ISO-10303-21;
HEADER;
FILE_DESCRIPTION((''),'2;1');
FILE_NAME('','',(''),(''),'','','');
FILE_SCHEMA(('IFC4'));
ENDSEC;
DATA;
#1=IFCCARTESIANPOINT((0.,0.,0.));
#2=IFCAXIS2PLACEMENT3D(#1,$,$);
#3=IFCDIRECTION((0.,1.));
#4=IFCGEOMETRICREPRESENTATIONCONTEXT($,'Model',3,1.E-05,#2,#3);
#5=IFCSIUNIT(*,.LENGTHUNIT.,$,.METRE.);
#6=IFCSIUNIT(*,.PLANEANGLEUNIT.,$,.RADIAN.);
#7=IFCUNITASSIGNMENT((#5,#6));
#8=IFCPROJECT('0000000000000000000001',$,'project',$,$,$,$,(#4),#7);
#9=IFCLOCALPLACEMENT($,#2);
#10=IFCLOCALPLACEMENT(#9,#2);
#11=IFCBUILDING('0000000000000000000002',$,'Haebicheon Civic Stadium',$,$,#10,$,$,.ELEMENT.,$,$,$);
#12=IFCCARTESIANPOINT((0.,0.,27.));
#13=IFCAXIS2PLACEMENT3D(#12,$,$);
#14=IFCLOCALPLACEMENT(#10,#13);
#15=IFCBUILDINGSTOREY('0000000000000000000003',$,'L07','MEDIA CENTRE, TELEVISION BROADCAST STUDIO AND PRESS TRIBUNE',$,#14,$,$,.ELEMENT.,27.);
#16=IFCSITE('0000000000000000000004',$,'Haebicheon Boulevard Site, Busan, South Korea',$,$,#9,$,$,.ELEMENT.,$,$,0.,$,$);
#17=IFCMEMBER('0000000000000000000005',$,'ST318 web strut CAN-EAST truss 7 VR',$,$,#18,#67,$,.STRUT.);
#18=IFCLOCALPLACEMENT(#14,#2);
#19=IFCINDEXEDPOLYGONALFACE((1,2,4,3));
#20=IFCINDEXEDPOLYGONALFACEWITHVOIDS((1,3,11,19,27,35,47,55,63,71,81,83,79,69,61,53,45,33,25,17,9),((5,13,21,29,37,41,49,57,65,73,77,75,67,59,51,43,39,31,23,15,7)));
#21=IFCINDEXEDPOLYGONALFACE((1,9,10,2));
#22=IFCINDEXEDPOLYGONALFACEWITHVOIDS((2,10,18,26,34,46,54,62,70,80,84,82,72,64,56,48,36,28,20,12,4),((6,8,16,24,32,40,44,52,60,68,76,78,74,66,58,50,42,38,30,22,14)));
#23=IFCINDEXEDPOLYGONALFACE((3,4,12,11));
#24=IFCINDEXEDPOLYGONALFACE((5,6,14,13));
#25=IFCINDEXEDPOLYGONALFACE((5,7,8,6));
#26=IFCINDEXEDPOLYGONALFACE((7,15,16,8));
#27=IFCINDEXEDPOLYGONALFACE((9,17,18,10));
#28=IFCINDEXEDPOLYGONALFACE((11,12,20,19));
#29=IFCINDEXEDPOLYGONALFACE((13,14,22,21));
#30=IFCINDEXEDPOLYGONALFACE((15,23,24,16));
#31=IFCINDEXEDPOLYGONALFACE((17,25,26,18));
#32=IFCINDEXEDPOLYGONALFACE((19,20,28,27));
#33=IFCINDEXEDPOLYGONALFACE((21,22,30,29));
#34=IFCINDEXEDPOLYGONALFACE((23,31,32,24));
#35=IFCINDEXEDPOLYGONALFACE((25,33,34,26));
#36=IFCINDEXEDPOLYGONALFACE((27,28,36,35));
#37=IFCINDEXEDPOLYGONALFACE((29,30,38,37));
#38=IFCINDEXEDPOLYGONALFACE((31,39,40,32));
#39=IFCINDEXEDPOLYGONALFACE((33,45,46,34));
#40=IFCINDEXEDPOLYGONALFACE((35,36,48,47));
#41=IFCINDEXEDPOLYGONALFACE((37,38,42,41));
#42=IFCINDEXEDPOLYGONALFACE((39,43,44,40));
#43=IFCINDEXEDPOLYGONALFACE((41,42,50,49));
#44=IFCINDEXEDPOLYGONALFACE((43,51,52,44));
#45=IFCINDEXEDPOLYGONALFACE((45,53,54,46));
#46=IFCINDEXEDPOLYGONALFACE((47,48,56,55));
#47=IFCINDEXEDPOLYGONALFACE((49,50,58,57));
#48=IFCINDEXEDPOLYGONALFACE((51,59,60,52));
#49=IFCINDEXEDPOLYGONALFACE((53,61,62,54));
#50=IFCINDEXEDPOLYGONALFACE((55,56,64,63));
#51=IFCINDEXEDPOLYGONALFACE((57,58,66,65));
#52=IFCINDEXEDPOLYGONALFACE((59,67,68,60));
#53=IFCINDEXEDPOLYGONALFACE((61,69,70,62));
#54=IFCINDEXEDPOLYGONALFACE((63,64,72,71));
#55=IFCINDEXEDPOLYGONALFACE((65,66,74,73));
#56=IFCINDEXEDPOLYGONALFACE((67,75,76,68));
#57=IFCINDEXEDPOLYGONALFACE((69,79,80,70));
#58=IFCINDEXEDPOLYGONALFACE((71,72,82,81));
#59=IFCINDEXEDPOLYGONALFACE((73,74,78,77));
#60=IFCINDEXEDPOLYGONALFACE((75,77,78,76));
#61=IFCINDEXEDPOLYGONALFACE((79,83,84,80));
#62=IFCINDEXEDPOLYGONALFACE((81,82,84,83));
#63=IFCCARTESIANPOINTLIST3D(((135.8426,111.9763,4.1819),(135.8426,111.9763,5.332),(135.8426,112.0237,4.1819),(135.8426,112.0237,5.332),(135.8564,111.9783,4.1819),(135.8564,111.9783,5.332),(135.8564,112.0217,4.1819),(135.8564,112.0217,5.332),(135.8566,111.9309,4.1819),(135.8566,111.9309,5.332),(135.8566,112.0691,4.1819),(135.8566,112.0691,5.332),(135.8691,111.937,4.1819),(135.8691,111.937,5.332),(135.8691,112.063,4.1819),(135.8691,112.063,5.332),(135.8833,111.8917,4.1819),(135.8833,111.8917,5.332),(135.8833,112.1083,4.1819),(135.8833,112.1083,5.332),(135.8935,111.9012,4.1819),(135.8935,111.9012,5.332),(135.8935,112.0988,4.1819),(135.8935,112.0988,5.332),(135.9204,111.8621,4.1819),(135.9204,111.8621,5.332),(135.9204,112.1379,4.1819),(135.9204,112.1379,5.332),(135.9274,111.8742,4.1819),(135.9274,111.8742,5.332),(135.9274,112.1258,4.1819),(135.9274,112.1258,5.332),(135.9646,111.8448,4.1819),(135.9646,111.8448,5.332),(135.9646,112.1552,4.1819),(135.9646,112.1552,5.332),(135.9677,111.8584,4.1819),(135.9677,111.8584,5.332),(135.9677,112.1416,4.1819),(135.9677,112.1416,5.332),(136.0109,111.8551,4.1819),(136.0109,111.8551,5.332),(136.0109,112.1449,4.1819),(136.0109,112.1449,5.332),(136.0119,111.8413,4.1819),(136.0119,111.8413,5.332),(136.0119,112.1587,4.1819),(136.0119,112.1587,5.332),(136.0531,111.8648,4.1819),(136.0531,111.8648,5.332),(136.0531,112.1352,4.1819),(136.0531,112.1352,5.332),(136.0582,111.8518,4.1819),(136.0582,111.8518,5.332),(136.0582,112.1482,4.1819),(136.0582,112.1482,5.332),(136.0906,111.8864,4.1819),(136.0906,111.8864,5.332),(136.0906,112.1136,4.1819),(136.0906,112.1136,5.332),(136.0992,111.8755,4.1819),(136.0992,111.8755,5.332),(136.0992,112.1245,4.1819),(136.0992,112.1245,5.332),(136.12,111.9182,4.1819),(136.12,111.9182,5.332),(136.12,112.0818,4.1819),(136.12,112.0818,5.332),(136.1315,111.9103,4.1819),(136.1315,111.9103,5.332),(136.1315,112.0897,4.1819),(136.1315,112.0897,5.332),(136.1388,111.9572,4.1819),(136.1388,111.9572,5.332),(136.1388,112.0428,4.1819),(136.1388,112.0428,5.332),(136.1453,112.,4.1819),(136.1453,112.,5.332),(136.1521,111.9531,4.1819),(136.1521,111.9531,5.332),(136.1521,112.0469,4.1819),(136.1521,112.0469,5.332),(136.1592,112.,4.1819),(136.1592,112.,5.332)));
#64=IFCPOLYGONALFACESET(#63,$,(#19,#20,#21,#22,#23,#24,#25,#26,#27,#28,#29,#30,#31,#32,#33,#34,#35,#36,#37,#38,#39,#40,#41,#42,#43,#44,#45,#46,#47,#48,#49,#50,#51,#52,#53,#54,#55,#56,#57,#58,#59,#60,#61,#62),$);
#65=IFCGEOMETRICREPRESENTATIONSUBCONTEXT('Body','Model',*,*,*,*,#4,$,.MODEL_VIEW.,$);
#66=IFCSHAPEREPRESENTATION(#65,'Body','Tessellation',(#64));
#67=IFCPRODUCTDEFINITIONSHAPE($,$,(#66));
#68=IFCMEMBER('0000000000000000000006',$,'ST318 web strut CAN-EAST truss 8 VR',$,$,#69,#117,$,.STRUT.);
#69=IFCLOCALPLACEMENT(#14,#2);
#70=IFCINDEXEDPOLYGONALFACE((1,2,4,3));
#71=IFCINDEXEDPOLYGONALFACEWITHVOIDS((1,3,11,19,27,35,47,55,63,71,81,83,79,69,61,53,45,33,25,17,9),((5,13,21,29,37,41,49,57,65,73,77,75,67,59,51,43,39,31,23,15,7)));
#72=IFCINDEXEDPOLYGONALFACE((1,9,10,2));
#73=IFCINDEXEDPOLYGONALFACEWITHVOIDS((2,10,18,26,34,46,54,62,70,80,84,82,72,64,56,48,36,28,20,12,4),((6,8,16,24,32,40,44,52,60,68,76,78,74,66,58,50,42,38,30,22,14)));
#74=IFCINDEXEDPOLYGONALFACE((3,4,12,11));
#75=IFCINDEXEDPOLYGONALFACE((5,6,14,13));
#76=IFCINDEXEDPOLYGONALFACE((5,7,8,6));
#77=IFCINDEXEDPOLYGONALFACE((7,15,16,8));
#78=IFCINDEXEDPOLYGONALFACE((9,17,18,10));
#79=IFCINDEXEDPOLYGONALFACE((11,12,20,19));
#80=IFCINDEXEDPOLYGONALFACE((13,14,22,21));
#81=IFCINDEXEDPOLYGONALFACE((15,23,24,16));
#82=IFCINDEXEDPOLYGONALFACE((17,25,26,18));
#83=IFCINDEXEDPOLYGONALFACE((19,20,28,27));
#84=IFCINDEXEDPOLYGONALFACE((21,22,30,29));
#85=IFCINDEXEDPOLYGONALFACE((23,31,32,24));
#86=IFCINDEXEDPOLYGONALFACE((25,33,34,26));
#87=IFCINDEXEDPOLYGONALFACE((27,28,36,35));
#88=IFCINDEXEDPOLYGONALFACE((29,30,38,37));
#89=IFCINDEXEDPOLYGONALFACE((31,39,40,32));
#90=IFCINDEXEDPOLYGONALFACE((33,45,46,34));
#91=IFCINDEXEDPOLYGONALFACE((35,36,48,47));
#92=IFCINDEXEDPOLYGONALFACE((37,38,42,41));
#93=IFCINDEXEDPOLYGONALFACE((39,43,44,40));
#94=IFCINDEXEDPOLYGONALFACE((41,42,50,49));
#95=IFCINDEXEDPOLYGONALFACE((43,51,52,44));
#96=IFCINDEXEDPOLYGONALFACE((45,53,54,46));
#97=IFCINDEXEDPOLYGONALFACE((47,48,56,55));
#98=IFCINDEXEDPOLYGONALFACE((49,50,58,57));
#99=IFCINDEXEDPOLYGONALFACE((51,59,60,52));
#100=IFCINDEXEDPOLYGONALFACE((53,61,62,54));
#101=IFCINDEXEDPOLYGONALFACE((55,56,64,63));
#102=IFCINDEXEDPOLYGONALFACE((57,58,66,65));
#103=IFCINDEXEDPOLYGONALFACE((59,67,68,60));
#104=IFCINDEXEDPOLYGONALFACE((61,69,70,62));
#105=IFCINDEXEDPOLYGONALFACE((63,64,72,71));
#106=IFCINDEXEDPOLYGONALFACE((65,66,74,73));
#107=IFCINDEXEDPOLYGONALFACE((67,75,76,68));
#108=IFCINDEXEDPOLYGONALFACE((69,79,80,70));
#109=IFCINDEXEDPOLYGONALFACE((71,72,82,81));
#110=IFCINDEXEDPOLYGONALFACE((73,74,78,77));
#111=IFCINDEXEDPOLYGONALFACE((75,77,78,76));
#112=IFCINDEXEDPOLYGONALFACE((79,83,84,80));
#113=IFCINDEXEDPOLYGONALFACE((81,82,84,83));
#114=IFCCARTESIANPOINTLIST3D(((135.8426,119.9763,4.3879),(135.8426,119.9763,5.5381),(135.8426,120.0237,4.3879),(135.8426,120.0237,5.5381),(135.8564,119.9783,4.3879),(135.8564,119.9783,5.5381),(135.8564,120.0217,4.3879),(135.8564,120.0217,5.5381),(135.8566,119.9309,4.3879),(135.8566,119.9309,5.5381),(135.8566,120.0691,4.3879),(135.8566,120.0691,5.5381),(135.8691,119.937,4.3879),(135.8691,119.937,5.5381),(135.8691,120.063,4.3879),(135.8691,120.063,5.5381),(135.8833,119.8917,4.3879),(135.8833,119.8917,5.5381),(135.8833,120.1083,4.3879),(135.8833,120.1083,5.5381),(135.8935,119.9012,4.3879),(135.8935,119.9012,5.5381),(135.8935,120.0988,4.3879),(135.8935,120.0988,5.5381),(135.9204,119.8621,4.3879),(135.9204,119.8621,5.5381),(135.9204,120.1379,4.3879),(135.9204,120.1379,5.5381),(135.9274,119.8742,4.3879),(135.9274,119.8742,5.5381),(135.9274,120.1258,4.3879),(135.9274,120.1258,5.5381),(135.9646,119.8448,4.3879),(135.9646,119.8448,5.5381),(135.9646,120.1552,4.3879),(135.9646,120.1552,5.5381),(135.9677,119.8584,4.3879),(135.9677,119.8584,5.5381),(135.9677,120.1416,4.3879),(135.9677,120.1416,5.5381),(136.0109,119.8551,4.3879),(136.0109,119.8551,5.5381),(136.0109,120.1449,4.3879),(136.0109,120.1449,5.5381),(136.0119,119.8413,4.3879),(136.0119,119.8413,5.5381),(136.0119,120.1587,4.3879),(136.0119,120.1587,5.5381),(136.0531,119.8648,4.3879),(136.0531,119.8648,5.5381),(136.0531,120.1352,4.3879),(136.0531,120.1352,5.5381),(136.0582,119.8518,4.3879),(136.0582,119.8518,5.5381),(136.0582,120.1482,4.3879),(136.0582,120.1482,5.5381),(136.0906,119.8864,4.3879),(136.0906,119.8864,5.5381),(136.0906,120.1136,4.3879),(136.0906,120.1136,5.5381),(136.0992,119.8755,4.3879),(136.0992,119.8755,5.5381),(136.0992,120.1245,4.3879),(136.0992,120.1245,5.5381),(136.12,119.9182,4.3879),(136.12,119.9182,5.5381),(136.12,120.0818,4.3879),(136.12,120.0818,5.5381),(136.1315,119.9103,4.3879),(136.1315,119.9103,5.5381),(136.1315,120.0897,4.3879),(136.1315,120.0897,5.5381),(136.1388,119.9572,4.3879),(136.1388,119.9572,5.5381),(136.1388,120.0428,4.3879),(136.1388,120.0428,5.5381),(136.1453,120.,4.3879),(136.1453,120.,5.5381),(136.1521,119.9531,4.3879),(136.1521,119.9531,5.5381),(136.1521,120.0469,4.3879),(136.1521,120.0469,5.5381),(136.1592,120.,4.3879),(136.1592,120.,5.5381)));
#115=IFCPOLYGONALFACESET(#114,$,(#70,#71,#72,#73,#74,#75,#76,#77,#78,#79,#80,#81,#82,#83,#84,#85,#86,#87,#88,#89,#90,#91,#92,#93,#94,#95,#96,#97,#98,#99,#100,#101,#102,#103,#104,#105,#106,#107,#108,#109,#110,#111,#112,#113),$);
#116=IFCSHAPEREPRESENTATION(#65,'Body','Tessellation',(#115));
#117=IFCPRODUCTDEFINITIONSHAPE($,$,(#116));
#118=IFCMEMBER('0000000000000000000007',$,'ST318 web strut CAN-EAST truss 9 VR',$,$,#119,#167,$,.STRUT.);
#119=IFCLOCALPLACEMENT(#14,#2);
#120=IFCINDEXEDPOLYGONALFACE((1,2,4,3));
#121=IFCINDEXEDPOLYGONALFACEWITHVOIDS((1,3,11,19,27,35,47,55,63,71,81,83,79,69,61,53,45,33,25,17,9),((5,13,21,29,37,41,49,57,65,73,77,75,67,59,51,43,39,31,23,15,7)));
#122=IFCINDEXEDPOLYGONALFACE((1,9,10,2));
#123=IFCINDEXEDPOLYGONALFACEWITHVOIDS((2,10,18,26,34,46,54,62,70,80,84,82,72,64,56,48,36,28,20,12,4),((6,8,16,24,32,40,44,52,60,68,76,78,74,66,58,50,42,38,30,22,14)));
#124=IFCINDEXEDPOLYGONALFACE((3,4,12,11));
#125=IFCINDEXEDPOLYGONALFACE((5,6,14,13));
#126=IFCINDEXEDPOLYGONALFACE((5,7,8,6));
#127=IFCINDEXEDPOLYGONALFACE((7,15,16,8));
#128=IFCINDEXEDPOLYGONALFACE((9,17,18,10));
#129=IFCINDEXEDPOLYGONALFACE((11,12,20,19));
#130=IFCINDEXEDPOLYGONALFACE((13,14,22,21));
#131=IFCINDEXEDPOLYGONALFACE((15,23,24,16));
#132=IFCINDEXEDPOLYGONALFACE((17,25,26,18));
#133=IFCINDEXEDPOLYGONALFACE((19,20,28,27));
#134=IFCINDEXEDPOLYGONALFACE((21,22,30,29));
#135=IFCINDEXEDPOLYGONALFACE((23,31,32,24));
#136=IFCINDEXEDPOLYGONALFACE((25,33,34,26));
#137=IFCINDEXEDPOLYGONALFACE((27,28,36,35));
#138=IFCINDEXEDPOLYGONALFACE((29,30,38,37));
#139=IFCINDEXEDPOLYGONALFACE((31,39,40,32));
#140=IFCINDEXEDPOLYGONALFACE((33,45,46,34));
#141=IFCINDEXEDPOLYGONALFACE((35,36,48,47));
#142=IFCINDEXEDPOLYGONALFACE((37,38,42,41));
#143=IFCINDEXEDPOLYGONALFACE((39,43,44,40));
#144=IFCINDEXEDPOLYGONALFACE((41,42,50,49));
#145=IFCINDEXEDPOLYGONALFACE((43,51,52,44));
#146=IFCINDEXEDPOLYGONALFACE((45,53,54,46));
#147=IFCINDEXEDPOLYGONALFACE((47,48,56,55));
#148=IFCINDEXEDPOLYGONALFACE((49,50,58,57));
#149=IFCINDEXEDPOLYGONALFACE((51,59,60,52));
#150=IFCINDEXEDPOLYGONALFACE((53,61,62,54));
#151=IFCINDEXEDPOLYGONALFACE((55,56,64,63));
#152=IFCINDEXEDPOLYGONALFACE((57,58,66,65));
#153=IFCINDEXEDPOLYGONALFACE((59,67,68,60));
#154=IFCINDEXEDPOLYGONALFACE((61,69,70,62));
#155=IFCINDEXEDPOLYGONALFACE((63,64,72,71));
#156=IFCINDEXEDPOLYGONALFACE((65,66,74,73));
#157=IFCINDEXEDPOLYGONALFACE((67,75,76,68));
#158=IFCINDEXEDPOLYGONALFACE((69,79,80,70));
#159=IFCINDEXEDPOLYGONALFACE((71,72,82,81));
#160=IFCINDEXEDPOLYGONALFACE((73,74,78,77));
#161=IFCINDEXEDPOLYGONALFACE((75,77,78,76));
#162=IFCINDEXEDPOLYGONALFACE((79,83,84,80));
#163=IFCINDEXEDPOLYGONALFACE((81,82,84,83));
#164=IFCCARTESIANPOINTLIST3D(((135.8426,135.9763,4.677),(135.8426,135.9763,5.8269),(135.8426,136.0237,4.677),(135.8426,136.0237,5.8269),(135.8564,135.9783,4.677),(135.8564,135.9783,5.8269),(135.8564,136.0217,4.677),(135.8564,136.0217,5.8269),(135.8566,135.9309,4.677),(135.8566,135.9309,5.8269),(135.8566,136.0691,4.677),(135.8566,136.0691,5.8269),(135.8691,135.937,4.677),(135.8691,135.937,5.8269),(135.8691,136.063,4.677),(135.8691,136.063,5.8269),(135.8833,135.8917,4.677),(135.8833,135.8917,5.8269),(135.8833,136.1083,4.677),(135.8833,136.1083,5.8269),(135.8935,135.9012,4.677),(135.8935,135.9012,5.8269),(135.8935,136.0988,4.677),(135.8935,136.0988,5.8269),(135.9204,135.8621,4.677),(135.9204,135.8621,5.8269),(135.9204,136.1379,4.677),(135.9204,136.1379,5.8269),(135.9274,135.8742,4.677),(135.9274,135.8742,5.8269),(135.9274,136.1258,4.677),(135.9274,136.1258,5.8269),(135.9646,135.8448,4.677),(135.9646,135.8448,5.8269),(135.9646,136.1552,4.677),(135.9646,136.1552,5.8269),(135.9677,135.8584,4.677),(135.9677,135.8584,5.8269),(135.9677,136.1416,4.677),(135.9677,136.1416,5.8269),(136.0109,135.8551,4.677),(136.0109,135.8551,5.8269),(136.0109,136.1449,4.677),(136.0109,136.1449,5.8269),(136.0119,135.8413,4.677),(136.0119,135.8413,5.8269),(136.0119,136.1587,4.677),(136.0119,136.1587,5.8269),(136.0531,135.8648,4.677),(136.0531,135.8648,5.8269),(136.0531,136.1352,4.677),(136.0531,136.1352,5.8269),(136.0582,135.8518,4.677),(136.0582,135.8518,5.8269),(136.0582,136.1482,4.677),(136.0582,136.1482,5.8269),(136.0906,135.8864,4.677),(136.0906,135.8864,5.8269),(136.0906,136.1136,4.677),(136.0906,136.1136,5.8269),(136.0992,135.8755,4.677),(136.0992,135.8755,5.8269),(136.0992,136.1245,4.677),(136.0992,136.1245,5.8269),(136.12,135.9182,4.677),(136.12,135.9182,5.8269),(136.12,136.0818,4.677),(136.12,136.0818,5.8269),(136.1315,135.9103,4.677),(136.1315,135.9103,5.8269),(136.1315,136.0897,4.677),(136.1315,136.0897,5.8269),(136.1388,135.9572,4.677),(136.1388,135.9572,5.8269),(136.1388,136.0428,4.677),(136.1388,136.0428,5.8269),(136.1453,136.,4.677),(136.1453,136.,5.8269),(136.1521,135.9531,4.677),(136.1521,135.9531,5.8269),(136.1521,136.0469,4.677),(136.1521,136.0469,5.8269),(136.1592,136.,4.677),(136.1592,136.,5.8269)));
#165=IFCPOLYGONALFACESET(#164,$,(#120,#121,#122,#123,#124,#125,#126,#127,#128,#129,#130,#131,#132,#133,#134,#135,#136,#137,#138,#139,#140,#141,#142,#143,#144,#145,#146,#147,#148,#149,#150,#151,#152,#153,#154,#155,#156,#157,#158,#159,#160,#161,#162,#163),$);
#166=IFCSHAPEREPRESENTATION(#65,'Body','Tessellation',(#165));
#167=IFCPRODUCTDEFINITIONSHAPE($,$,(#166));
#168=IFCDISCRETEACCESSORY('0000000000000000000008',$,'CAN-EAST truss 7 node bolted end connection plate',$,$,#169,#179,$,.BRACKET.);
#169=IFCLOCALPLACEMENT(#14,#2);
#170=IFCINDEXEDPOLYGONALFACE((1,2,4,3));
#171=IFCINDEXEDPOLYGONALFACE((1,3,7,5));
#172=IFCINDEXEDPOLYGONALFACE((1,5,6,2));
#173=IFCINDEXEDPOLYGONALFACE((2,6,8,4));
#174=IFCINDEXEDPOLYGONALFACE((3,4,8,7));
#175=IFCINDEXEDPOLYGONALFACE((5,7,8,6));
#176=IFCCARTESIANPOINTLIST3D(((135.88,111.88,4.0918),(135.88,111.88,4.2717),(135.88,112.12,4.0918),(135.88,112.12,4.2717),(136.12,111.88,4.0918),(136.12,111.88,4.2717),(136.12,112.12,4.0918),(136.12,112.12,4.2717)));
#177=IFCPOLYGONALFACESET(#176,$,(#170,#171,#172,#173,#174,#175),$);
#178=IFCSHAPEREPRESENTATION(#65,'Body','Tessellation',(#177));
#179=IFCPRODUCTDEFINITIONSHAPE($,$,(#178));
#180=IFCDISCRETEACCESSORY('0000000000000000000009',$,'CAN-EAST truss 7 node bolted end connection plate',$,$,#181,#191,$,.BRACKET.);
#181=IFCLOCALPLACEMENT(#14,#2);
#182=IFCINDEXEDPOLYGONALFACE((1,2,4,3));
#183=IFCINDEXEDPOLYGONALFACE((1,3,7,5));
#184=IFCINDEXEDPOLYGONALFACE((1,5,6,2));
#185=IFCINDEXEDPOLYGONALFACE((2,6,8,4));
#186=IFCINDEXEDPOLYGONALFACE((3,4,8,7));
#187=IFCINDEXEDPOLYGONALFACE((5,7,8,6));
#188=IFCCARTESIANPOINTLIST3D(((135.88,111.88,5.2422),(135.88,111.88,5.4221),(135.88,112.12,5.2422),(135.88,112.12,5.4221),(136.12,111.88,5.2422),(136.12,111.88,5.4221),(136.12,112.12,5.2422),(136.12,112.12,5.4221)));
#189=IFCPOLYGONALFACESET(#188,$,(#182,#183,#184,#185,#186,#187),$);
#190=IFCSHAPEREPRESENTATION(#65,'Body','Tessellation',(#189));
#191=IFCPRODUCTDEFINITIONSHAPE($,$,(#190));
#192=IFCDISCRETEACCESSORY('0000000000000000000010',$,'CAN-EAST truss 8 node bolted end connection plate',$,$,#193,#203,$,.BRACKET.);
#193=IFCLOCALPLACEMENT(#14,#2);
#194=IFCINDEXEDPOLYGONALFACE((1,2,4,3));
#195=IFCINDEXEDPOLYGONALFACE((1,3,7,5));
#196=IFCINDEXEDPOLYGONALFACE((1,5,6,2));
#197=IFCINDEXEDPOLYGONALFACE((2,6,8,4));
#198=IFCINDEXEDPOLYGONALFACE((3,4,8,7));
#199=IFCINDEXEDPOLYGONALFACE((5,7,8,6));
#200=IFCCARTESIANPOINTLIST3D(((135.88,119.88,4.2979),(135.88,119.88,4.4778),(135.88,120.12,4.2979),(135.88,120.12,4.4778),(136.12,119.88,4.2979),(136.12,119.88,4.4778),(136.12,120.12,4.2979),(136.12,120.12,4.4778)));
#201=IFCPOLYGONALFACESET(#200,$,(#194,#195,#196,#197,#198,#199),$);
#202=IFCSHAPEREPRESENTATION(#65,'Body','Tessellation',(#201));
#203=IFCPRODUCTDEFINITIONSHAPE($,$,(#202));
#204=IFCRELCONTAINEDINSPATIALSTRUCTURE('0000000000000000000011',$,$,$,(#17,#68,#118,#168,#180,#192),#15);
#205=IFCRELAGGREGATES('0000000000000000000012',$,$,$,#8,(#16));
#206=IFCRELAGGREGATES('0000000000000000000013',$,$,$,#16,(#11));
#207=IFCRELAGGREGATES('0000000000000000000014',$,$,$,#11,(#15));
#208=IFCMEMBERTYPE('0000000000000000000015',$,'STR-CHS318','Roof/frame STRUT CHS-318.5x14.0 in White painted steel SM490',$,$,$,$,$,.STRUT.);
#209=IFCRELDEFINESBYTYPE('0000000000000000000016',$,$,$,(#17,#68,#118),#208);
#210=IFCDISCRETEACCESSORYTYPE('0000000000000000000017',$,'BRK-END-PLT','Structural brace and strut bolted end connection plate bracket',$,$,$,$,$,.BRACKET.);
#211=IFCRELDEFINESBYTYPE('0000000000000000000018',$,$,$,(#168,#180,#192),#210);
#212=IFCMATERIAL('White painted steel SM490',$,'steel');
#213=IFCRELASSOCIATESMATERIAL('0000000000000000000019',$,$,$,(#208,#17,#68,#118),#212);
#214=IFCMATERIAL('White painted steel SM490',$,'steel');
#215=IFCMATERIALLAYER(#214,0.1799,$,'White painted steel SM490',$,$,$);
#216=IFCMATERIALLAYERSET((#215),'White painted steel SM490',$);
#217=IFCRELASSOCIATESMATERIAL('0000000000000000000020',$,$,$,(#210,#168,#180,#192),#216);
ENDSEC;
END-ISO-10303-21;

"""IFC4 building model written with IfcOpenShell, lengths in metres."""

from ifc_helpers import new_model, si_unit, direction, frame, origin, origin_2d, place, context, subcontext, project, spatial, rectangle, hollow_circle, extrude, material, layer, layer_set, material_profile, profile_set, type_object, element, save


model = new_model("IFC4")

# Units and contexts
model_context = context("Model", 3, precision=1e-05, world=origin(), true_north=direction((0.0, 1.0)))
body_context = subcontext(model_context, "Body", "Model", "MODEL_VIEW")
ifc_project = project(units=[si_unit("LENGTHUNIT", "METRE"), si_unit("PLANEANGLEUNIT", "RADIAN")], contexts=[model_context])

# Site, building, storey
site_placement = place(None, origin())
site = spatial("IfcSite", under=ifc_project, at=site_placement, Name="Haebicheon Boulevard Site, Busan, South Korea", CompositionType="ELEMENT", RefElevation=0.0)
building_placement = place(site_placement, origin())
building = spatial("IfcBuilding", under=site, at=building_placement, Name="Haebicheon Civic Stadium", CompositionType="ELEMENT")
storey_placement = place(building_placement, frame((0.0, 0.0, 27.0)))
storey = spatial("IfcBuildingStorey", under=building, at=storey_placement, Name="L07", Description="MEDIA CENTRE, TELEVISION BROADCAST STUDIO AND PRESS TRIBUNE", CompositionType="ELEMENT", Elevation=27.0)

# Members
ifc_material_1 = material(Name="White painted steel SM490", Category="steel")
ifc_material_profile_1 = material_profile(ifc_material_1, hollow_circle(Radius=0.1592, WallThickness=0.0139, at=origin_2d()), Name="CHS-318.5x14.0")
ifc_profile_set_1 = profile_set([ifc_material_profile_1], Name="White painted steel SM490")
member_type_1 = type_object("IfcMemberType", Name="STR-CHS318", Description="Roof/frame STRUT CHS-318.5x14.0 in White painted steel SM490", PredefinedType="STRUT", material=ifc_profile_set_1)
for number, where, z_axis, x_axis, name in (
    (1, (136.0, 112.0, 4.1819), (0.0, 0.0, 1.0), (1.0, 0.0, 0.0), "ST318 web strut CAN-EAST truss 7 VR"),
    (2, (136.0, 120.0, 4.3879), (0.0, 0.0, 1.0), (1.0, 0.0, 0.0), "ST318 web strut CAN-EAST truss 8 VR"),
):
    element("IfcMember", number, at=place(storey_placement, frame(where, z_axis=z_axis, x_axis=x_axis)), inside=storey, type_object=member_type_1, material=ifc_profile_set_1, Name=name, PredefinedType="STRUT", context=body_context, shape_type="SweptSolid", body=[
        extrude(hollow_circle(Radius=0.1592, WallThickness=0.0139, at=origin_2d()), origin(), (0.0, 0.0, 1.0), 1.1501),
    ])
member_1_placement = place(storey_placement, frame((136.0, 136.0, 4.677), z_axis=(0.0, 0.0, 1.0), x_axis=(1.0, 0.0, 0.0)))
element("IfcMember", 3, at=member_1_placement, inside=storey, type_object=member_type_1, material=ifc_profile_set_1, Name="ST318 web strut CAN-EAST truss 9 VR", PredefinedType="STRUT", context=body_context, shape_type="SweptSolid", body=[
    extrude(hollow_circle(Radius=0.1592, WallThickness=0.0139, at=origin_2d()), origin(), (0.0, 0.0, 1.0), 1.1499),
])

# Discrete accessories
ifc_material_2 = material(Name="White painted steel SM490", Category="steel")
ifc_layer = layer(ifc_material_2, 0.1799, Name="White painted steel SM490")
ifc_layer_set = layer_set([ifc_layer], Name="White painted steel SM490")
discrete_accessory_type = type_object("IfcDiscreteAccessoryType", Name="BRK-END-PLT", Description="Structural brace and strut bolted end connection plate bracket", PredefinedType="BRACKET", material=ifc_layer_set)
for number, where, z_axis, x_axis, name in (
    (4, (136.0, 112.0, 4.0918), (0.0, 0.0, 1.0), (1.0, 0.0, 0.0), "CAN-EAST truss 7 node bolted end connection plate"),
    (5, (136.0, 112.0, 5.2422), (0.0, 0.0, 1.0), (1.0, 0.0, 0.0), "CAN-EAST truss 7 node bolted end connection plate"),
    (6, (136.0, 120.0, 4.2979), (0.0, 0.0, 1.0), (1.0, 0.0, 0.0), "CAN-EAST truss 8 node bolted end connection plate"),
):
    element("IfcDiscreteAccessory", number, at=place(storey_placement, frame(where, z_axis=z_axis, x_axis=x_axis)), inside=storey, type_object=discrete_accessory_type, material=ifc_layer_set, Name=name, PredefinedType="BRACKET", context=body_context, shape_type="SweptSolid", body=[
        extrude(rectangle(XDim=0.24, YDim=0.24, at=origin_2d()), origin(), (0.0, 0.0, 1.0), 0.1799),
    ])

save(model, "model.ifc")
